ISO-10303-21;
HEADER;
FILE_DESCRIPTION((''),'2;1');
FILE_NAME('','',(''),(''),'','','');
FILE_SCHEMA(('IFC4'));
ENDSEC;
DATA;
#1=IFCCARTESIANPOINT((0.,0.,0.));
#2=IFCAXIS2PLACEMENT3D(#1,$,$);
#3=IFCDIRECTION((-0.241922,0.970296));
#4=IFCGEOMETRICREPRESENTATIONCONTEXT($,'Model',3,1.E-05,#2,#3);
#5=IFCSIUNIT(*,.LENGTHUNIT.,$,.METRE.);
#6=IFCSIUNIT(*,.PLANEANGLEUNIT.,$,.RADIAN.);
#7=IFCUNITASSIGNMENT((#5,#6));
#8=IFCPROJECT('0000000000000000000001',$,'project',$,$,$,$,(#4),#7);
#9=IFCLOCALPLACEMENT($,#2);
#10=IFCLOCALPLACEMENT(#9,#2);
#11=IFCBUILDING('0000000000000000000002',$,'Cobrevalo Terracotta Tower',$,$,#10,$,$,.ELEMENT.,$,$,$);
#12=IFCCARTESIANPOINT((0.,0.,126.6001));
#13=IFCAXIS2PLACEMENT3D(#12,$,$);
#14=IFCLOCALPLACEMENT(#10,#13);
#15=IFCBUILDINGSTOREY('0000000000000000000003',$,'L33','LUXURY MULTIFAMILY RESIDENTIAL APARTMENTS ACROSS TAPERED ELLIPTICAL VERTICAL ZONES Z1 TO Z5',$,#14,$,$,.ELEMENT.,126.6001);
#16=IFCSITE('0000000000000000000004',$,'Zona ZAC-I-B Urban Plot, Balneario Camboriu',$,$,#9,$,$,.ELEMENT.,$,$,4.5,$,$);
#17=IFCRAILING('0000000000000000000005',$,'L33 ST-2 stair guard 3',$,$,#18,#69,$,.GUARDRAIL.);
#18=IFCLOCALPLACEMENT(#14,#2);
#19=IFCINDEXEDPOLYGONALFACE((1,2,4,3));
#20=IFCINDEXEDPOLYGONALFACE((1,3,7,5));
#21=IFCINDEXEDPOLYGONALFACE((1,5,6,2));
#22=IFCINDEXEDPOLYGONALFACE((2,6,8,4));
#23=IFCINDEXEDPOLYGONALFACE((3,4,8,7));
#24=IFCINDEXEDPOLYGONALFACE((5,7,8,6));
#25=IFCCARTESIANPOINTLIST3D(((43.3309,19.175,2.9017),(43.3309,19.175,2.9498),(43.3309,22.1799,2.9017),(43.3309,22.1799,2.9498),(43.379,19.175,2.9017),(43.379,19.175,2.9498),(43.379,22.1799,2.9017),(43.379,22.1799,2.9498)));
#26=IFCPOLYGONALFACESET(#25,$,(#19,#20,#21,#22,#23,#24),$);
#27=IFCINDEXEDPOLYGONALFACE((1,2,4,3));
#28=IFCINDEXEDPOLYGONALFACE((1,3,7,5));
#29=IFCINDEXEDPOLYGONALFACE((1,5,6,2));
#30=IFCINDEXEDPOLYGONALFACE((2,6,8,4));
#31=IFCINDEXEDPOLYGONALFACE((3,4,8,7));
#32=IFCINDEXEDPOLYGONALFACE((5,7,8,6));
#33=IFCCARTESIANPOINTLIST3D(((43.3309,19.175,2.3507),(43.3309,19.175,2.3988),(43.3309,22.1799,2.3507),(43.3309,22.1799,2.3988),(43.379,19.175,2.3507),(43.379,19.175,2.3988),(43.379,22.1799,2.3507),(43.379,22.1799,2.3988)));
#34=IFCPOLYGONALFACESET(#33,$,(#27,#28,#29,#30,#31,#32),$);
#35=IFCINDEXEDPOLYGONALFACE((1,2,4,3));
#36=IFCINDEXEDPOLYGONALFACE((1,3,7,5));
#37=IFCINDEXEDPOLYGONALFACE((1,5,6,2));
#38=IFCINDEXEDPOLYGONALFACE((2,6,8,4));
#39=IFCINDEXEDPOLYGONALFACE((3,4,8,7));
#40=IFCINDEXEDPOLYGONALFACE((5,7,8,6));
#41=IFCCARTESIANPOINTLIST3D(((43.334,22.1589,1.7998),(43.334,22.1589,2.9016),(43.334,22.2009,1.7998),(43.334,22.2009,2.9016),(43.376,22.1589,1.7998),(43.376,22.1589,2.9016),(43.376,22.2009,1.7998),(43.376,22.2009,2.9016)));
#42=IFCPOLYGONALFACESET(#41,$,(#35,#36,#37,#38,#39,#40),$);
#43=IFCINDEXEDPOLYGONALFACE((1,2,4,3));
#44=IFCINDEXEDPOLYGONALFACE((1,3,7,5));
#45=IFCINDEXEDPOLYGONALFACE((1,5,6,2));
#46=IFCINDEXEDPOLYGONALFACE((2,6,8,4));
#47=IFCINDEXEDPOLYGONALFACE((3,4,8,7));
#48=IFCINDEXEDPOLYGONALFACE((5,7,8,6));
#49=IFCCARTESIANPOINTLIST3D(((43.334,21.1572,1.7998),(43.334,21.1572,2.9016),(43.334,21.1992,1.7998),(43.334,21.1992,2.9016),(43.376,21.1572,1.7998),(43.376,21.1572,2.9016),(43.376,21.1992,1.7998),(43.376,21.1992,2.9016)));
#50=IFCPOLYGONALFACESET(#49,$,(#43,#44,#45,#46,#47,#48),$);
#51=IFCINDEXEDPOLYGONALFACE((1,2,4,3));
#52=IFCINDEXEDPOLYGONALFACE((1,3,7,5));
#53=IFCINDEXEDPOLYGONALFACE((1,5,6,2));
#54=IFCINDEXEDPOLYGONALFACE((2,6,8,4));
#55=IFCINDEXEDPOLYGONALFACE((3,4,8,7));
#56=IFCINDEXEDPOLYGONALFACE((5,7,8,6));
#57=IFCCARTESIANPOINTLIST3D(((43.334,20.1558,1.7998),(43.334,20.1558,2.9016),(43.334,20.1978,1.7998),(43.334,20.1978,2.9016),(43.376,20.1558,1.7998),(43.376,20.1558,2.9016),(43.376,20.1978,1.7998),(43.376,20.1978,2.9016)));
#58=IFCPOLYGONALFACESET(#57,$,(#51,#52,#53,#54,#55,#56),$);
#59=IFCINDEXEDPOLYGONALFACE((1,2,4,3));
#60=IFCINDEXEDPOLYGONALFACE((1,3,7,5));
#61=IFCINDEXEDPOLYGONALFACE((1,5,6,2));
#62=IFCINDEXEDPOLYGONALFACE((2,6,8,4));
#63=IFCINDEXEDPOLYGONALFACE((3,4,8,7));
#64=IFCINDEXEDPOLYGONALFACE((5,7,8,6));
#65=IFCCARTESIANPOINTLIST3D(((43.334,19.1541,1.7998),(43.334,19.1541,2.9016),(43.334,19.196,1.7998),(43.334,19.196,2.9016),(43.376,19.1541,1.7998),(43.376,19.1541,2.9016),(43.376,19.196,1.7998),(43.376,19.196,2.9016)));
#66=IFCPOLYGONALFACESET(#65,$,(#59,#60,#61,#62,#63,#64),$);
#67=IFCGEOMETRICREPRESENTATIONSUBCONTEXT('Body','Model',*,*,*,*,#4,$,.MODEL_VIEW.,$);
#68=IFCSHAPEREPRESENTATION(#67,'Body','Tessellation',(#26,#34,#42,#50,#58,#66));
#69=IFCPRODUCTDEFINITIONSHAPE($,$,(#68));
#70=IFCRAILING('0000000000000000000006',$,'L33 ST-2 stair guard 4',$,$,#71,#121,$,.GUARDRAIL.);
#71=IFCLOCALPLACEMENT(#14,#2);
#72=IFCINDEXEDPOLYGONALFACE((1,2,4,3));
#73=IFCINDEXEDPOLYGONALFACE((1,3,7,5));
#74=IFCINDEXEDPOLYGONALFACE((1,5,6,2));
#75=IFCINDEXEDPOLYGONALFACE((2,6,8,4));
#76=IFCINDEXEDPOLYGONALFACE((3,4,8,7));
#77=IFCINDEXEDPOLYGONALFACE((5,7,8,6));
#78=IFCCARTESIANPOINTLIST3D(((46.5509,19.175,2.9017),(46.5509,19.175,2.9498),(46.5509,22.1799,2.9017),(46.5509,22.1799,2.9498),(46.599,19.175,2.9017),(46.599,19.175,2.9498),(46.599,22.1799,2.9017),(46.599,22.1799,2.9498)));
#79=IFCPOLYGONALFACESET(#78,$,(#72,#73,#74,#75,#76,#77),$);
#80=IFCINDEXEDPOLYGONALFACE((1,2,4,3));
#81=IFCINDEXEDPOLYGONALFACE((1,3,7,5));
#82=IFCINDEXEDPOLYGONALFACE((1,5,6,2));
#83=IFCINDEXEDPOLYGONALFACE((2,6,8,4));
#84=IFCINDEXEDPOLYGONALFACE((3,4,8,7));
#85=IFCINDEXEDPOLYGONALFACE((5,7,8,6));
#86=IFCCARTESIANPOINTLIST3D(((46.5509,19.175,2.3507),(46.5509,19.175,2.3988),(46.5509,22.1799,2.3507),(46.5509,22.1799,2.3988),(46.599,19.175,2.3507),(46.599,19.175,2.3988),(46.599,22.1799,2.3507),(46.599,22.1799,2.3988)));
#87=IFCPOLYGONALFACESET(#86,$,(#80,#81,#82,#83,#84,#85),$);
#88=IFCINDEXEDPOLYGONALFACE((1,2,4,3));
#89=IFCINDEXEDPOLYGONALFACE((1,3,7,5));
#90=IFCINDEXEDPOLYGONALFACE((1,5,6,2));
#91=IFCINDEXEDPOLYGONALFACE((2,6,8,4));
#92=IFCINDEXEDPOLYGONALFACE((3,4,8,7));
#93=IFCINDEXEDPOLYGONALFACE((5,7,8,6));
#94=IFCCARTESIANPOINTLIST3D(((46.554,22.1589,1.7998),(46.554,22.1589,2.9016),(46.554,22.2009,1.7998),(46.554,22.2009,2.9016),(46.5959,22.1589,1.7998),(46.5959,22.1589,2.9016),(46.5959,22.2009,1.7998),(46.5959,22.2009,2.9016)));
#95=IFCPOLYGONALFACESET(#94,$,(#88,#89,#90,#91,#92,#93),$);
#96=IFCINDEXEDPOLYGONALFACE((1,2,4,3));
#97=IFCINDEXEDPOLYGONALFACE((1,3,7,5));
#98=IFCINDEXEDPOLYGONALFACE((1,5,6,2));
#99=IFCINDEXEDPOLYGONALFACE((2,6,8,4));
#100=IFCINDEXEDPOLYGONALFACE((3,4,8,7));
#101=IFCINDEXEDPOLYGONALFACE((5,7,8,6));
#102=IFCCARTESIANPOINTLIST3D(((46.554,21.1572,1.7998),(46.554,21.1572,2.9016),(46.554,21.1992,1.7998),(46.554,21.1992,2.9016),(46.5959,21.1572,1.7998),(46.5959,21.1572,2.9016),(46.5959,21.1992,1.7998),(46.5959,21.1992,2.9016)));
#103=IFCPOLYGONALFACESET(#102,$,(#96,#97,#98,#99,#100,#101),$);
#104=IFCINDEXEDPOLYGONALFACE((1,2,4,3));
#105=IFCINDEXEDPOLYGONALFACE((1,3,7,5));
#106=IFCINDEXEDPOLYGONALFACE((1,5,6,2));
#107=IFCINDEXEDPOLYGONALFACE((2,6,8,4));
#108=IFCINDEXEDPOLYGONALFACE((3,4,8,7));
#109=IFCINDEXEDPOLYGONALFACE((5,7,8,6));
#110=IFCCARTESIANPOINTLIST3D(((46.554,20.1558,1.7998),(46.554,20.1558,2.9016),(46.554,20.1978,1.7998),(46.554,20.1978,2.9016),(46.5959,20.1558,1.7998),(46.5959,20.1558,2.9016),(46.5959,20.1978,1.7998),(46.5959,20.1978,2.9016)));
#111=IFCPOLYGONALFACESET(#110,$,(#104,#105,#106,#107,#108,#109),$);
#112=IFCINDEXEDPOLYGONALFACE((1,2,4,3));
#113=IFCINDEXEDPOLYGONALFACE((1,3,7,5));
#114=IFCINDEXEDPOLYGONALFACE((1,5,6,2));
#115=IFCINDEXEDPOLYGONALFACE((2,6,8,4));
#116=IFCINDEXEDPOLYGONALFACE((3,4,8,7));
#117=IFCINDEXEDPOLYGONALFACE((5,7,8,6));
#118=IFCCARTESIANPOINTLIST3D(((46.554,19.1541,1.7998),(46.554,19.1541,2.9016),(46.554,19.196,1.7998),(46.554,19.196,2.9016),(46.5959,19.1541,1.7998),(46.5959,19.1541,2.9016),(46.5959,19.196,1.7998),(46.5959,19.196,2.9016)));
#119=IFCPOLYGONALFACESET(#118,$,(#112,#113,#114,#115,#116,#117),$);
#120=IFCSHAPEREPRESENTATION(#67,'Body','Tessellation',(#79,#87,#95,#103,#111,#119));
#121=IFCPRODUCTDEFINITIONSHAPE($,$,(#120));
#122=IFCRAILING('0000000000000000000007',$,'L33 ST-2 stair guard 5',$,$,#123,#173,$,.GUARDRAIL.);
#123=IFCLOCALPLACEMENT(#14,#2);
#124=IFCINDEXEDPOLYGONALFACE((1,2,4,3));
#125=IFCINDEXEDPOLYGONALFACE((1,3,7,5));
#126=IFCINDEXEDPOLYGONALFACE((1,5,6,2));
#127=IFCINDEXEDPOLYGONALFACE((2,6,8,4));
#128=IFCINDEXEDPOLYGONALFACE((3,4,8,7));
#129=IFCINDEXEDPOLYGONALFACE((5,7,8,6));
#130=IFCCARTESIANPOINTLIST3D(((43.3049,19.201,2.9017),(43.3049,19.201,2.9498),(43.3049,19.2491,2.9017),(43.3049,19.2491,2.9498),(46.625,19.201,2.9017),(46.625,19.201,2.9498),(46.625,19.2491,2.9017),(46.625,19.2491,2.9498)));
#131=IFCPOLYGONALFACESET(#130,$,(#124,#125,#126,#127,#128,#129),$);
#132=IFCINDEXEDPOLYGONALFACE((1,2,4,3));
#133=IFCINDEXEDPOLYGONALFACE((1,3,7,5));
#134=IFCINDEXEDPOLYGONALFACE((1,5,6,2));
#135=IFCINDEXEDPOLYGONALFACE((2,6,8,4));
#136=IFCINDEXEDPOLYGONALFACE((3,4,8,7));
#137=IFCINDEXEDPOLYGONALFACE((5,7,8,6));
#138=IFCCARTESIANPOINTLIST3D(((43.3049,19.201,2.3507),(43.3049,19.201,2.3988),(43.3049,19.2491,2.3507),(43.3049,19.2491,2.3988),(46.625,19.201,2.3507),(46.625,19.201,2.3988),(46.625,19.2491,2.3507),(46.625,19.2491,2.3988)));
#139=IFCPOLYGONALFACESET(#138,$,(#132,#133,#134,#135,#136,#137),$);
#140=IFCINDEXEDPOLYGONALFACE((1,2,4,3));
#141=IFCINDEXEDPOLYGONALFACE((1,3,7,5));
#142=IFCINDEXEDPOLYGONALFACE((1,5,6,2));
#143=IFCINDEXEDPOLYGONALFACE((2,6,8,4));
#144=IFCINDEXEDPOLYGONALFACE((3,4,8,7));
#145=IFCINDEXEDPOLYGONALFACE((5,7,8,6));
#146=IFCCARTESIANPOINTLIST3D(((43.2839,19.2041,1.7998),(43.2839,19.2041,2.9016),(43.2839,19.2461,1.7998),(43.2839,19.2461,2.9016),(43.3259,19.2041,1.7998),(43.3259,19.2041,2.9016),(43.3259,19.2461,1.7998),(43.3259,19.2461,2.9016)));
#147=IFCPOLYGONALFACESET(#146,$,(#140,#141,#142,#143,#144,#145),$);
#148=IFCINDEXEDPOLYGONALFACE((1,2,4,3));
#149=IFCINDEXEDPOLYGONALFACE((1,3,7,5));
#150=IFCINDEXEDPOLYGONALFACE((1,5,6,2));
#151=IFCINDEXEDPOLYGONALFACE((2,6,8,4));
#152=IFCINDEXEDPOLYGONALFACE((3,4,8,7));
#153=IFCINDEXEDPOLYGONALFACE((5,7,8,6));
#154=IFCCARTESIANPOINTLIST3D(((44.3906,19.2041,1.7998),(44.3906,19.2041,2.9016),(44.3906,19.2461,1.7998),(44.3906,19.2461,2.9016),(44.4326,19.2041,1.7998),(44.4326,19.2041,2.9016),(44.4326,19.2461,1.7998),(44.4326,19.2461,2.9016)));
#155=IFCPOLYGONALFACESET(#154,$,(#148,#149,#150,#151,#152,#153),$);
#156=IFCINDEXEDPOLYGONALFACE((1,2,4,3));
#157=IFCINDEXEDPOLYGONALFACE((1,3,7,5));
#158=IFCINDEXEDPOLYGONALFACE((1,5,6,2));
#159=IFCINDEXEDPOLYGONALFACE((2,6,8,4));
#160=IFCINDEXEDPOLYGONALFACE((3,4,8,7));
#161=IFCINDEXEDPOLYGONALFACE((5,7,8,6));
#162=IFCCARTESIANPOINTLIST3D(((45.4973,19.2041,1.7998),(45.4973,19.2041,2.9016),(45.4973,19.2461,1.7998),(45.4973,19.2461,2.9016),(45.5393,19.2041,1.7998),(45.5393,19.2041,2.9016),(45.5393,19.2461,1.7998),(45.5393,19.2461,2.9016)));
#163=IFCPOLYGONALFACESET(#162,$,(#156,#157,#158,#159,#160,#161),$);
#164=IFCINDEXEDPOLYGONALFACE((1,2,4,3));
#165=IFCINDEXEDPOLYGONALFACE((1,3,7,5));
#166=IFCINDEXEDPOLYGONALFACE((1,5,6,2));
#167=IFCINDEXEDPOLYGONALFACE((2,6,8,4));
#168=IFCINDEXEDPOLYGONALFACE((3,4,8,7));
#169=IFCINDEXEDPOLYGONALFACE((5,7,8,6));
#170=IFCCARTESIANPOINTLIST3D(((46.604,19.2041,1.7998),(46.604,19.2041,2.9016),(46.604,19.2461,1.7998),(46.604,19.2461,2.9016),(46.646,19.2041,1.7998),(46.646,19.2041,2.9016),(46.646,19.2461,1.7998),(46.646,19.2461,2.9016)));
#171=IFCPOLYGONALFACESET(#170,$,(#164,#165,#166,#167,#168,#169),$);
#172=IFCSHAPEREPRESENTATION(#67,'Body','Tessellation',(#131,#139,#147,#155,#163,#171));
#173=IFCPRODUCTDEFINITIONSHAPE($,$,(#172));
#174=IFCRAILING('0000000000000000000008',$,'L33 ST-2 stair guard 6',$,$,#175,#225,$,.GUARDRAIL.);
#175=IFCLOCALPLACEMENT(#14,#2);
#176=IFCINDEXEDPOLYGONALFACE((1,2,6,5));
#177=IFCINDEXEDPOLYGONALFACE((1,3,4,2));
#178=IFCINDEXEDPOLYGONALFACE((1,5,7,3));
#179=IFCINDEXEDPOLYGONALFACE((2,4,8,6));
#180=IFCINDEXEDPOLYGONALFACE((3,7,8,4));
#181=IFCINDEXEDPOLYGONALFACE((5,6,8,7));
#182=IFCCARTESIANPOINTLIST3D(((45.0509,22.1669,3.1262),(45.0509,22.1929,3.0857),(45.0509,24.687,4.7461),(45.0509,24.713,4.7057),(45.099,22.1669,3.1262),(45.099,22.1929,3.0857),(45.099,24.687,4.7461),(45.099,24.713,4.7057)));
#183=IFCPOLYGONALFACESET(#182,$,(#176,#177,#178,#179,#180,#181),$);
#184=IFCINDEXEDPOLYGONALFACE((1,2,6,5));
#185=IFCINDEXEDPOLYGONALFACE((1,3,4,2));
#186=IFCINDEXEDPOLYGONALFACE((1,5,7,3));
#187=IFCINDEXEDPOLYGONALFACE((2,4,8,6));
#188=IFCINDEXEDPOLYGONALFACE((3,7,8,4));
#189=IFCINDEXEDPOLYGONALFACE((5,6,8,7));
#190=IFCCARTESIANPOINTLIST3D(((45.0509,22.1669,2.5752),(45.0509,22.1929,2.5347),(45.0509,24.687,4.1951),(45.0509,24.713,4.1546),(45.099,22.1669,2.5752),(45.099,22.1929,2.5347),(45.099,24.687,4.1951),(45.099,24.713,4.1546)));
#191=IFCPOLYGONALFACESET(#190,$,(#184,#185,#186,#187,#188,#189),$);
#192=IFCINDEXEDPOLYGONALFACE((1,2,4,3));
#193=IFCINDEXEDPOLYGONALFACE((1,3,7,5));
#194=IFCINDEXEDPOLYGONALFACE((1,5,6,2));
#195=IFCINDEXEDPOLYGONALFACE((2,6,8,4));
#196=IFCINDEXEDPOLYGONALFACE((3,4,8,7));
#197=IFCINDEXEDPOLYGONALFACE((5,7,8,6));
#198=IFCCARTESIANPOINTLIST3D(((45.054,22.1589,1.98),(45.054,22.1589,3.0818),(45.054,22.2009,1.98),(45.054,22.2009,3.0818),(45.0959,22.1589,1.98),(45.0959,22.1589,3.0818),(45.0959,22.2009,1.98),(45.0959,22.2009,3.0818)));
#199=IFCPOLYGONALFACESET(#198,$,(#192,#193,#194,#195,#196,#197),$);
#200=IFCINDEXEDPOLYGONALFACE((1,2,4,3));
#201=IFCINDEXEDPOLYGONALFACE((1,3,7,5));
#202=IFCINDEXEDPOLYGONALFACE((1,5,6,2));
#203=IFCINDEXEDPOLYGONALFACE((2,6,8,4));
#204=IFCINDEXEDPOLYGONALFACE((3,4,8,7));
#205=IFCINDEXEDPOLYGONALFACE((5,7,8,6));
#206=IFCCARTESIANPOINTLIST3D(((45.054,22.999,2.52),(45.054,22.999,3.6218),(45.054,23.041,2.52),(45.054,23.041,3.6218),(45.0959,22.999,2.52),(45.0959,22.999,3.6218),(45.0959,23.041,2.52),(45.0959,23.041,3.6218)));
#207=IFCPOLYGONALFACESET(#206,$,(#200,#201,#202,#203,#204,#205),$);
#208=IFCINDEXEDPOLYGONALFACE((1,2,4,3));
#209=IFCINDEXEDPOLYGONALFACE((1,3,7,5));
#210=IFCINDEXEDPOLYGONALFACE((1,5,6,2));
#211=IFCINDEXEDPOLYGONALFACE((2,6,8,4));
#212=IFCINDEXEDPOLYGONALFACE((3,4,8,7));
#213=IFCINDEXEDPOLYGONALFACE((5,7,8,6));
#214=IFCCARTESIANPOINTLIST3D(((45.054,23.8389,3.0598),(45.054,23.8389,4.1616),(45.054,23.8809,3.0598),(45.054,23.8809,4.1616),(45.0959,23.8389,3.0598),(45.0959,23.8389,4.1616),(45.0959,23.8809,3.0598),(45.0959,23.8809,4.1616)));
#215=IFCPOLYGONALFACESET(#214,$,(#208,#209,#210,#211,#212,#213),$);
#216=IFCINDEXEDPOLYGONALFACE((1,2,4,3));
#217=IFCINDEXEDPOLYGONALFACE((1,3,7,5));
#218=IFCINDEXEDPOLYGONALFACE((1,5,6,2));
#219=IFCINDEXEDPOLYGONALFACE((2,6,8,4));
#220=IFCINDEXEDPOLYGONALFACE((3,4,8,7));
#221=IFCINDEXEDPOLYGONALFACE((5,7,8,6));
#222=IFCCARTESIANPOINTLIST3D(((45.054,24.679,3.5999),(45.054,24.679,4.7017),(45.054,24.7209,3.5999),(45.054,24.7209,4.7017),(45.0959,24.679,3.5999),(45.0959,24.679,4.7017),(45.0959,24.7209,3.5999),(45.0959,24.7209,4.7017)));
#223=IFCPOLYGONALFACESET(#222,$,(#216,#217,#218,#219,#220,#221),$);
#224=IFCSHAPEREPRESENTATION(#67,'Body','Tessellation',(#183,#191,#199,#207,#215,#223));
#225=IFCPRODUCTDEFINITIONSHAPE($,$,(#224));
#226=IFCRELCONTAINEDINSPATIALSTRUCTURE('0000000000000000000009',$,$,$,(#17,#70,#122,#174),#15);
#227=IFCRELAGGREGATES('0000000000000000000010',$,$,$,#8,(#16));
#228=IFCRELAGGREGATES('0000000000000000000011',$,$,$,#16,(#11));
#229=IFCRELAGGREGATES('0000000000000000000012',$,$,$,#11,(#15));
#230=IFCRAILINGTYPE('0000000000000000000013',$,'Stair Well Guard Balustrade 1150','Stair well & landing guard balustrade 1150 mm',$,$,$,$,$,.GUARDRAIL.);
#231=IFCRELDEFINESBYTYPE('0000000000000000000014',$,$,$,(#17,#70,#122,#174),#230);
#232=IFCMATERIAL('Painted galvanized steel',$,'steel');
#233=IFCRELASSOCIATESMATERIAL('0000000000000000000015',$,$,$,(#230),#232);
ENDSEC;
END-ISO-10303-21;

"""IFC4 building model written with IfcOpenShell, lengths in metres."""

from ifc_helpers import new_model, si_unit, direction, frame, origin, origin_2d, place, context, subcontext, project, spatial, rectangle, extrude, material, type_object, element, save


model = new_model("IFC4")

# Units and contexts
model_context = context("Model", 3, precision=1e-05, world=origin(), true_north=direction((-0.241922, 0.970296)))
body_context = subcontext(model_context, "Body", "Model", "MODEL_VIEW")
ifc_project = project(units=[si_unit("LENGTHUNIT", "METRE"), si_unit("PLANEANGLEUNIT", "RADIAN")], contexts=[model_context])

# Site, building, storey
site_placement = place(None, origin())
site = spatial("IfcSite", under=ifc_project, at=site_placement, Name="Zona ZAC-I-B Urban Plot, Balneario Camboriu", CompositionType="ELEMENT", RefElevation=4.5)
building_placement = place(site_placement, origin())
building = spatial("IfcBuilding", under=site, at=building_placement, Name="Cobrevalo Terracotta Tower", CompositionType="ELEMENT")
storey_placement = place(building_placement, frame((0.0, 0.0, 126.6001)))
storey = spatial("IfcBuildingStorey", under=building, at=storey_placement, Name="L33", Description="LUXURY MULTIFAMILY RESIDENTIAL APARTMENTS ACROSS TAPERED ELLIPTICAL VERTICAL ZONES Z1 TO Z5", CompositionType="ELEMENT", Elevation=126.6001)

# Railings
ifc_material_1 = material(Name="Painted galvanized steel", Category="steel")
railing_type_1 = type_object("IfcRailingType", Name="Stair Well Guard Balustrade 1150", Description="Stair well & landing guard balustrade 1150 mm", PredefinedType="GUARDRAIL", material=ifc_material_1)
for number, where, name in (
    (1, (43.355, 22.1799, 1.7998), "L33 ST-2 stair guard 3"),
    (2, (46.575, 22.1799, 1.7998), "L33 ST-2 stair guard 4"),
):
    element("IfcRailing", number, at=place(storey_placement, frame(where)), inside=storey, type_object=railing_type_1, Name=name, PredefinedType="GUARDRAIL", context=body_context, shape_type="SweptSolid", body=[
        extrude(rectangle(XDim=0.0481, YDim=0.0481, at=origin_2d()), frame((0.0, 0.0, 1.126), z_axis=(0.0, -1.0, 0.0), x_axis=(1.0, 0.0, 0.0)), (0.0, 0.0, 1.0), 3.0049),
        extrude(rectangle(XDim=0.0481, YDim=0.0481, at=origin_2d()), frame((0.0, 0.0, 0.575), z_axis=(0.0, -1.0, 0.0), x_axis=(1.0, 0.0, 0.0)), (0.0, 0.0, 1.0), 3.0049),
        extrude(rectangle(XDim=0.042, YDim=0.042, at=origin_2d()), origin(), (0.0, 0.0, 1.0), 1.1018),
        extrude(rectangle(XDim=0.042, YDim=0.042, at=origin_2d()), frame((0.0, -1.0017, 0.0)), (0.0, 0.0, 1.0), 1.1018),
        extrude(rectangle(XDim=0.042, YDim=0.042, at=origin_2d()), frame((0.0, -2.0032, 0.0)), (0.0, 0.0, 1.0), 1.1018),
        extrude(rectangle(XDim=0.042, YDim=0.042, at=origin_2d()), frame((0.0, -3.0049, 0.0)), (0.0, 0.0, 1.0), 1.1018),
    ])
railing_1_placement = place(storey_placement, frame((43.3049, 19.2251, 1.7998)))
element("IfcRailing", 3, at=railing_1_placement, inside=storey, type_object=railing_type_1, Name="L33 ST-2 stair guard 5", PredefinedType="GUARDRAIL", context=body_context, shape_type="SweptSolid", body=[
    extrude(rectangle(XDim=0.0481, YDim=0.0481, at=origin_2d()), frame((0.0, 0.0, 1.126), z_axis=(1.0, 0.0, 0.0), x_axis=(0.0, 1.0, 0.0)), (0.0, 0.0, 1.0), 3.3201),
    extrude(rectangle(XDim=0.0481, YDim=0.0481, at=origin_2d()), frame((0.0, 0.0, 0.575), z_axis=(1.0, 0.0, 0.0), x_axis=(0.0, 1.0, 0.0)), (0.0, 0.0, 1.0), 3.3201),
    extrude(rectangle(XDim=0.042, YDim=0.042, at=origin_2d()), origin(), (0.0, 0.0, 1.0), 1.1018),
    extrude(rectangle(XDim=0.042, YDim=0.042, at=origin_2d()), frame((1.1067, 0.0, 0.0)), (0.0, 0.0, 1.0), 1.1018),
    extrude(rectangle(XDim=0.042, YDim=0.042, at=origin_2d()), frame((2.2134, 0.0, 0.0)), (0.0, 0.0, 1.0), 1.1018),
    extrude(rectangle(XDim=0.042, YDim=0.042, at=origin_2d()), frame((3.3201, 0.0, 0.0)), (0.0, 0.0, 1.0), 1.1018),
])
railing_2_placement = place(storey_placement, frame((45.075, 22.1799, 1.98)))
element("IfcRailing", 4, at=railing_2_placement, inside=storey, type_object=railing_type_1, Name="L33 ST-2 stair guard 6", PredefinedType="GUARDRAIL", context=body_context, shape_type="SweptSolid", body=[
    extrude(rectangle(XDim=0.0481, YDim=0.0481, at=origin_2d()), frame((0.0, 0.0, 1.126), z_axis=(0.0, 0.8412, 0.540725), x_axis=(-1.0, 0.0, 0.0)), (0.0, 0.0, 1.0), 2.9958),
    extrude(rectangle(XDim=0.0481, YDim=0.0481, at=origin_2d()), frame((0.0, 0.0, 0.575), z_axis=(0.0, 0.8412, 0.540725), x_axis=(-1.0, 0.0, 0.0)), (0.0, 0.0, 1.0), 2.9958),
    extrude(rectangle(XDim=0.042, YDim=0.042, at=origin_2d()), origin(), (0.0, 0.0, 1.0), 1.1018),
    extrude(rectangle(XDim=0.042, YDim=0.042, at=origin_2d()), frame((0.0, 0.8401, 0.54)), (0.0, 0.0, 1.0), 1.1018),
    extrude(rectangle(XDim=0.042, YDim=0.042, at=origin_2d()), frame((0.0, 1.6799, 1.0798)), (0.0, 0.0, 1.0), 1.1018),
    extrude(rectangle(XDim=0.042, YDim=0.042, at=origin_2d()), frame((0.0, 2.52, 1.6199)), (0.0, 0.0, 1.0), 1.1018),
])

save(model, "model.ifc")
